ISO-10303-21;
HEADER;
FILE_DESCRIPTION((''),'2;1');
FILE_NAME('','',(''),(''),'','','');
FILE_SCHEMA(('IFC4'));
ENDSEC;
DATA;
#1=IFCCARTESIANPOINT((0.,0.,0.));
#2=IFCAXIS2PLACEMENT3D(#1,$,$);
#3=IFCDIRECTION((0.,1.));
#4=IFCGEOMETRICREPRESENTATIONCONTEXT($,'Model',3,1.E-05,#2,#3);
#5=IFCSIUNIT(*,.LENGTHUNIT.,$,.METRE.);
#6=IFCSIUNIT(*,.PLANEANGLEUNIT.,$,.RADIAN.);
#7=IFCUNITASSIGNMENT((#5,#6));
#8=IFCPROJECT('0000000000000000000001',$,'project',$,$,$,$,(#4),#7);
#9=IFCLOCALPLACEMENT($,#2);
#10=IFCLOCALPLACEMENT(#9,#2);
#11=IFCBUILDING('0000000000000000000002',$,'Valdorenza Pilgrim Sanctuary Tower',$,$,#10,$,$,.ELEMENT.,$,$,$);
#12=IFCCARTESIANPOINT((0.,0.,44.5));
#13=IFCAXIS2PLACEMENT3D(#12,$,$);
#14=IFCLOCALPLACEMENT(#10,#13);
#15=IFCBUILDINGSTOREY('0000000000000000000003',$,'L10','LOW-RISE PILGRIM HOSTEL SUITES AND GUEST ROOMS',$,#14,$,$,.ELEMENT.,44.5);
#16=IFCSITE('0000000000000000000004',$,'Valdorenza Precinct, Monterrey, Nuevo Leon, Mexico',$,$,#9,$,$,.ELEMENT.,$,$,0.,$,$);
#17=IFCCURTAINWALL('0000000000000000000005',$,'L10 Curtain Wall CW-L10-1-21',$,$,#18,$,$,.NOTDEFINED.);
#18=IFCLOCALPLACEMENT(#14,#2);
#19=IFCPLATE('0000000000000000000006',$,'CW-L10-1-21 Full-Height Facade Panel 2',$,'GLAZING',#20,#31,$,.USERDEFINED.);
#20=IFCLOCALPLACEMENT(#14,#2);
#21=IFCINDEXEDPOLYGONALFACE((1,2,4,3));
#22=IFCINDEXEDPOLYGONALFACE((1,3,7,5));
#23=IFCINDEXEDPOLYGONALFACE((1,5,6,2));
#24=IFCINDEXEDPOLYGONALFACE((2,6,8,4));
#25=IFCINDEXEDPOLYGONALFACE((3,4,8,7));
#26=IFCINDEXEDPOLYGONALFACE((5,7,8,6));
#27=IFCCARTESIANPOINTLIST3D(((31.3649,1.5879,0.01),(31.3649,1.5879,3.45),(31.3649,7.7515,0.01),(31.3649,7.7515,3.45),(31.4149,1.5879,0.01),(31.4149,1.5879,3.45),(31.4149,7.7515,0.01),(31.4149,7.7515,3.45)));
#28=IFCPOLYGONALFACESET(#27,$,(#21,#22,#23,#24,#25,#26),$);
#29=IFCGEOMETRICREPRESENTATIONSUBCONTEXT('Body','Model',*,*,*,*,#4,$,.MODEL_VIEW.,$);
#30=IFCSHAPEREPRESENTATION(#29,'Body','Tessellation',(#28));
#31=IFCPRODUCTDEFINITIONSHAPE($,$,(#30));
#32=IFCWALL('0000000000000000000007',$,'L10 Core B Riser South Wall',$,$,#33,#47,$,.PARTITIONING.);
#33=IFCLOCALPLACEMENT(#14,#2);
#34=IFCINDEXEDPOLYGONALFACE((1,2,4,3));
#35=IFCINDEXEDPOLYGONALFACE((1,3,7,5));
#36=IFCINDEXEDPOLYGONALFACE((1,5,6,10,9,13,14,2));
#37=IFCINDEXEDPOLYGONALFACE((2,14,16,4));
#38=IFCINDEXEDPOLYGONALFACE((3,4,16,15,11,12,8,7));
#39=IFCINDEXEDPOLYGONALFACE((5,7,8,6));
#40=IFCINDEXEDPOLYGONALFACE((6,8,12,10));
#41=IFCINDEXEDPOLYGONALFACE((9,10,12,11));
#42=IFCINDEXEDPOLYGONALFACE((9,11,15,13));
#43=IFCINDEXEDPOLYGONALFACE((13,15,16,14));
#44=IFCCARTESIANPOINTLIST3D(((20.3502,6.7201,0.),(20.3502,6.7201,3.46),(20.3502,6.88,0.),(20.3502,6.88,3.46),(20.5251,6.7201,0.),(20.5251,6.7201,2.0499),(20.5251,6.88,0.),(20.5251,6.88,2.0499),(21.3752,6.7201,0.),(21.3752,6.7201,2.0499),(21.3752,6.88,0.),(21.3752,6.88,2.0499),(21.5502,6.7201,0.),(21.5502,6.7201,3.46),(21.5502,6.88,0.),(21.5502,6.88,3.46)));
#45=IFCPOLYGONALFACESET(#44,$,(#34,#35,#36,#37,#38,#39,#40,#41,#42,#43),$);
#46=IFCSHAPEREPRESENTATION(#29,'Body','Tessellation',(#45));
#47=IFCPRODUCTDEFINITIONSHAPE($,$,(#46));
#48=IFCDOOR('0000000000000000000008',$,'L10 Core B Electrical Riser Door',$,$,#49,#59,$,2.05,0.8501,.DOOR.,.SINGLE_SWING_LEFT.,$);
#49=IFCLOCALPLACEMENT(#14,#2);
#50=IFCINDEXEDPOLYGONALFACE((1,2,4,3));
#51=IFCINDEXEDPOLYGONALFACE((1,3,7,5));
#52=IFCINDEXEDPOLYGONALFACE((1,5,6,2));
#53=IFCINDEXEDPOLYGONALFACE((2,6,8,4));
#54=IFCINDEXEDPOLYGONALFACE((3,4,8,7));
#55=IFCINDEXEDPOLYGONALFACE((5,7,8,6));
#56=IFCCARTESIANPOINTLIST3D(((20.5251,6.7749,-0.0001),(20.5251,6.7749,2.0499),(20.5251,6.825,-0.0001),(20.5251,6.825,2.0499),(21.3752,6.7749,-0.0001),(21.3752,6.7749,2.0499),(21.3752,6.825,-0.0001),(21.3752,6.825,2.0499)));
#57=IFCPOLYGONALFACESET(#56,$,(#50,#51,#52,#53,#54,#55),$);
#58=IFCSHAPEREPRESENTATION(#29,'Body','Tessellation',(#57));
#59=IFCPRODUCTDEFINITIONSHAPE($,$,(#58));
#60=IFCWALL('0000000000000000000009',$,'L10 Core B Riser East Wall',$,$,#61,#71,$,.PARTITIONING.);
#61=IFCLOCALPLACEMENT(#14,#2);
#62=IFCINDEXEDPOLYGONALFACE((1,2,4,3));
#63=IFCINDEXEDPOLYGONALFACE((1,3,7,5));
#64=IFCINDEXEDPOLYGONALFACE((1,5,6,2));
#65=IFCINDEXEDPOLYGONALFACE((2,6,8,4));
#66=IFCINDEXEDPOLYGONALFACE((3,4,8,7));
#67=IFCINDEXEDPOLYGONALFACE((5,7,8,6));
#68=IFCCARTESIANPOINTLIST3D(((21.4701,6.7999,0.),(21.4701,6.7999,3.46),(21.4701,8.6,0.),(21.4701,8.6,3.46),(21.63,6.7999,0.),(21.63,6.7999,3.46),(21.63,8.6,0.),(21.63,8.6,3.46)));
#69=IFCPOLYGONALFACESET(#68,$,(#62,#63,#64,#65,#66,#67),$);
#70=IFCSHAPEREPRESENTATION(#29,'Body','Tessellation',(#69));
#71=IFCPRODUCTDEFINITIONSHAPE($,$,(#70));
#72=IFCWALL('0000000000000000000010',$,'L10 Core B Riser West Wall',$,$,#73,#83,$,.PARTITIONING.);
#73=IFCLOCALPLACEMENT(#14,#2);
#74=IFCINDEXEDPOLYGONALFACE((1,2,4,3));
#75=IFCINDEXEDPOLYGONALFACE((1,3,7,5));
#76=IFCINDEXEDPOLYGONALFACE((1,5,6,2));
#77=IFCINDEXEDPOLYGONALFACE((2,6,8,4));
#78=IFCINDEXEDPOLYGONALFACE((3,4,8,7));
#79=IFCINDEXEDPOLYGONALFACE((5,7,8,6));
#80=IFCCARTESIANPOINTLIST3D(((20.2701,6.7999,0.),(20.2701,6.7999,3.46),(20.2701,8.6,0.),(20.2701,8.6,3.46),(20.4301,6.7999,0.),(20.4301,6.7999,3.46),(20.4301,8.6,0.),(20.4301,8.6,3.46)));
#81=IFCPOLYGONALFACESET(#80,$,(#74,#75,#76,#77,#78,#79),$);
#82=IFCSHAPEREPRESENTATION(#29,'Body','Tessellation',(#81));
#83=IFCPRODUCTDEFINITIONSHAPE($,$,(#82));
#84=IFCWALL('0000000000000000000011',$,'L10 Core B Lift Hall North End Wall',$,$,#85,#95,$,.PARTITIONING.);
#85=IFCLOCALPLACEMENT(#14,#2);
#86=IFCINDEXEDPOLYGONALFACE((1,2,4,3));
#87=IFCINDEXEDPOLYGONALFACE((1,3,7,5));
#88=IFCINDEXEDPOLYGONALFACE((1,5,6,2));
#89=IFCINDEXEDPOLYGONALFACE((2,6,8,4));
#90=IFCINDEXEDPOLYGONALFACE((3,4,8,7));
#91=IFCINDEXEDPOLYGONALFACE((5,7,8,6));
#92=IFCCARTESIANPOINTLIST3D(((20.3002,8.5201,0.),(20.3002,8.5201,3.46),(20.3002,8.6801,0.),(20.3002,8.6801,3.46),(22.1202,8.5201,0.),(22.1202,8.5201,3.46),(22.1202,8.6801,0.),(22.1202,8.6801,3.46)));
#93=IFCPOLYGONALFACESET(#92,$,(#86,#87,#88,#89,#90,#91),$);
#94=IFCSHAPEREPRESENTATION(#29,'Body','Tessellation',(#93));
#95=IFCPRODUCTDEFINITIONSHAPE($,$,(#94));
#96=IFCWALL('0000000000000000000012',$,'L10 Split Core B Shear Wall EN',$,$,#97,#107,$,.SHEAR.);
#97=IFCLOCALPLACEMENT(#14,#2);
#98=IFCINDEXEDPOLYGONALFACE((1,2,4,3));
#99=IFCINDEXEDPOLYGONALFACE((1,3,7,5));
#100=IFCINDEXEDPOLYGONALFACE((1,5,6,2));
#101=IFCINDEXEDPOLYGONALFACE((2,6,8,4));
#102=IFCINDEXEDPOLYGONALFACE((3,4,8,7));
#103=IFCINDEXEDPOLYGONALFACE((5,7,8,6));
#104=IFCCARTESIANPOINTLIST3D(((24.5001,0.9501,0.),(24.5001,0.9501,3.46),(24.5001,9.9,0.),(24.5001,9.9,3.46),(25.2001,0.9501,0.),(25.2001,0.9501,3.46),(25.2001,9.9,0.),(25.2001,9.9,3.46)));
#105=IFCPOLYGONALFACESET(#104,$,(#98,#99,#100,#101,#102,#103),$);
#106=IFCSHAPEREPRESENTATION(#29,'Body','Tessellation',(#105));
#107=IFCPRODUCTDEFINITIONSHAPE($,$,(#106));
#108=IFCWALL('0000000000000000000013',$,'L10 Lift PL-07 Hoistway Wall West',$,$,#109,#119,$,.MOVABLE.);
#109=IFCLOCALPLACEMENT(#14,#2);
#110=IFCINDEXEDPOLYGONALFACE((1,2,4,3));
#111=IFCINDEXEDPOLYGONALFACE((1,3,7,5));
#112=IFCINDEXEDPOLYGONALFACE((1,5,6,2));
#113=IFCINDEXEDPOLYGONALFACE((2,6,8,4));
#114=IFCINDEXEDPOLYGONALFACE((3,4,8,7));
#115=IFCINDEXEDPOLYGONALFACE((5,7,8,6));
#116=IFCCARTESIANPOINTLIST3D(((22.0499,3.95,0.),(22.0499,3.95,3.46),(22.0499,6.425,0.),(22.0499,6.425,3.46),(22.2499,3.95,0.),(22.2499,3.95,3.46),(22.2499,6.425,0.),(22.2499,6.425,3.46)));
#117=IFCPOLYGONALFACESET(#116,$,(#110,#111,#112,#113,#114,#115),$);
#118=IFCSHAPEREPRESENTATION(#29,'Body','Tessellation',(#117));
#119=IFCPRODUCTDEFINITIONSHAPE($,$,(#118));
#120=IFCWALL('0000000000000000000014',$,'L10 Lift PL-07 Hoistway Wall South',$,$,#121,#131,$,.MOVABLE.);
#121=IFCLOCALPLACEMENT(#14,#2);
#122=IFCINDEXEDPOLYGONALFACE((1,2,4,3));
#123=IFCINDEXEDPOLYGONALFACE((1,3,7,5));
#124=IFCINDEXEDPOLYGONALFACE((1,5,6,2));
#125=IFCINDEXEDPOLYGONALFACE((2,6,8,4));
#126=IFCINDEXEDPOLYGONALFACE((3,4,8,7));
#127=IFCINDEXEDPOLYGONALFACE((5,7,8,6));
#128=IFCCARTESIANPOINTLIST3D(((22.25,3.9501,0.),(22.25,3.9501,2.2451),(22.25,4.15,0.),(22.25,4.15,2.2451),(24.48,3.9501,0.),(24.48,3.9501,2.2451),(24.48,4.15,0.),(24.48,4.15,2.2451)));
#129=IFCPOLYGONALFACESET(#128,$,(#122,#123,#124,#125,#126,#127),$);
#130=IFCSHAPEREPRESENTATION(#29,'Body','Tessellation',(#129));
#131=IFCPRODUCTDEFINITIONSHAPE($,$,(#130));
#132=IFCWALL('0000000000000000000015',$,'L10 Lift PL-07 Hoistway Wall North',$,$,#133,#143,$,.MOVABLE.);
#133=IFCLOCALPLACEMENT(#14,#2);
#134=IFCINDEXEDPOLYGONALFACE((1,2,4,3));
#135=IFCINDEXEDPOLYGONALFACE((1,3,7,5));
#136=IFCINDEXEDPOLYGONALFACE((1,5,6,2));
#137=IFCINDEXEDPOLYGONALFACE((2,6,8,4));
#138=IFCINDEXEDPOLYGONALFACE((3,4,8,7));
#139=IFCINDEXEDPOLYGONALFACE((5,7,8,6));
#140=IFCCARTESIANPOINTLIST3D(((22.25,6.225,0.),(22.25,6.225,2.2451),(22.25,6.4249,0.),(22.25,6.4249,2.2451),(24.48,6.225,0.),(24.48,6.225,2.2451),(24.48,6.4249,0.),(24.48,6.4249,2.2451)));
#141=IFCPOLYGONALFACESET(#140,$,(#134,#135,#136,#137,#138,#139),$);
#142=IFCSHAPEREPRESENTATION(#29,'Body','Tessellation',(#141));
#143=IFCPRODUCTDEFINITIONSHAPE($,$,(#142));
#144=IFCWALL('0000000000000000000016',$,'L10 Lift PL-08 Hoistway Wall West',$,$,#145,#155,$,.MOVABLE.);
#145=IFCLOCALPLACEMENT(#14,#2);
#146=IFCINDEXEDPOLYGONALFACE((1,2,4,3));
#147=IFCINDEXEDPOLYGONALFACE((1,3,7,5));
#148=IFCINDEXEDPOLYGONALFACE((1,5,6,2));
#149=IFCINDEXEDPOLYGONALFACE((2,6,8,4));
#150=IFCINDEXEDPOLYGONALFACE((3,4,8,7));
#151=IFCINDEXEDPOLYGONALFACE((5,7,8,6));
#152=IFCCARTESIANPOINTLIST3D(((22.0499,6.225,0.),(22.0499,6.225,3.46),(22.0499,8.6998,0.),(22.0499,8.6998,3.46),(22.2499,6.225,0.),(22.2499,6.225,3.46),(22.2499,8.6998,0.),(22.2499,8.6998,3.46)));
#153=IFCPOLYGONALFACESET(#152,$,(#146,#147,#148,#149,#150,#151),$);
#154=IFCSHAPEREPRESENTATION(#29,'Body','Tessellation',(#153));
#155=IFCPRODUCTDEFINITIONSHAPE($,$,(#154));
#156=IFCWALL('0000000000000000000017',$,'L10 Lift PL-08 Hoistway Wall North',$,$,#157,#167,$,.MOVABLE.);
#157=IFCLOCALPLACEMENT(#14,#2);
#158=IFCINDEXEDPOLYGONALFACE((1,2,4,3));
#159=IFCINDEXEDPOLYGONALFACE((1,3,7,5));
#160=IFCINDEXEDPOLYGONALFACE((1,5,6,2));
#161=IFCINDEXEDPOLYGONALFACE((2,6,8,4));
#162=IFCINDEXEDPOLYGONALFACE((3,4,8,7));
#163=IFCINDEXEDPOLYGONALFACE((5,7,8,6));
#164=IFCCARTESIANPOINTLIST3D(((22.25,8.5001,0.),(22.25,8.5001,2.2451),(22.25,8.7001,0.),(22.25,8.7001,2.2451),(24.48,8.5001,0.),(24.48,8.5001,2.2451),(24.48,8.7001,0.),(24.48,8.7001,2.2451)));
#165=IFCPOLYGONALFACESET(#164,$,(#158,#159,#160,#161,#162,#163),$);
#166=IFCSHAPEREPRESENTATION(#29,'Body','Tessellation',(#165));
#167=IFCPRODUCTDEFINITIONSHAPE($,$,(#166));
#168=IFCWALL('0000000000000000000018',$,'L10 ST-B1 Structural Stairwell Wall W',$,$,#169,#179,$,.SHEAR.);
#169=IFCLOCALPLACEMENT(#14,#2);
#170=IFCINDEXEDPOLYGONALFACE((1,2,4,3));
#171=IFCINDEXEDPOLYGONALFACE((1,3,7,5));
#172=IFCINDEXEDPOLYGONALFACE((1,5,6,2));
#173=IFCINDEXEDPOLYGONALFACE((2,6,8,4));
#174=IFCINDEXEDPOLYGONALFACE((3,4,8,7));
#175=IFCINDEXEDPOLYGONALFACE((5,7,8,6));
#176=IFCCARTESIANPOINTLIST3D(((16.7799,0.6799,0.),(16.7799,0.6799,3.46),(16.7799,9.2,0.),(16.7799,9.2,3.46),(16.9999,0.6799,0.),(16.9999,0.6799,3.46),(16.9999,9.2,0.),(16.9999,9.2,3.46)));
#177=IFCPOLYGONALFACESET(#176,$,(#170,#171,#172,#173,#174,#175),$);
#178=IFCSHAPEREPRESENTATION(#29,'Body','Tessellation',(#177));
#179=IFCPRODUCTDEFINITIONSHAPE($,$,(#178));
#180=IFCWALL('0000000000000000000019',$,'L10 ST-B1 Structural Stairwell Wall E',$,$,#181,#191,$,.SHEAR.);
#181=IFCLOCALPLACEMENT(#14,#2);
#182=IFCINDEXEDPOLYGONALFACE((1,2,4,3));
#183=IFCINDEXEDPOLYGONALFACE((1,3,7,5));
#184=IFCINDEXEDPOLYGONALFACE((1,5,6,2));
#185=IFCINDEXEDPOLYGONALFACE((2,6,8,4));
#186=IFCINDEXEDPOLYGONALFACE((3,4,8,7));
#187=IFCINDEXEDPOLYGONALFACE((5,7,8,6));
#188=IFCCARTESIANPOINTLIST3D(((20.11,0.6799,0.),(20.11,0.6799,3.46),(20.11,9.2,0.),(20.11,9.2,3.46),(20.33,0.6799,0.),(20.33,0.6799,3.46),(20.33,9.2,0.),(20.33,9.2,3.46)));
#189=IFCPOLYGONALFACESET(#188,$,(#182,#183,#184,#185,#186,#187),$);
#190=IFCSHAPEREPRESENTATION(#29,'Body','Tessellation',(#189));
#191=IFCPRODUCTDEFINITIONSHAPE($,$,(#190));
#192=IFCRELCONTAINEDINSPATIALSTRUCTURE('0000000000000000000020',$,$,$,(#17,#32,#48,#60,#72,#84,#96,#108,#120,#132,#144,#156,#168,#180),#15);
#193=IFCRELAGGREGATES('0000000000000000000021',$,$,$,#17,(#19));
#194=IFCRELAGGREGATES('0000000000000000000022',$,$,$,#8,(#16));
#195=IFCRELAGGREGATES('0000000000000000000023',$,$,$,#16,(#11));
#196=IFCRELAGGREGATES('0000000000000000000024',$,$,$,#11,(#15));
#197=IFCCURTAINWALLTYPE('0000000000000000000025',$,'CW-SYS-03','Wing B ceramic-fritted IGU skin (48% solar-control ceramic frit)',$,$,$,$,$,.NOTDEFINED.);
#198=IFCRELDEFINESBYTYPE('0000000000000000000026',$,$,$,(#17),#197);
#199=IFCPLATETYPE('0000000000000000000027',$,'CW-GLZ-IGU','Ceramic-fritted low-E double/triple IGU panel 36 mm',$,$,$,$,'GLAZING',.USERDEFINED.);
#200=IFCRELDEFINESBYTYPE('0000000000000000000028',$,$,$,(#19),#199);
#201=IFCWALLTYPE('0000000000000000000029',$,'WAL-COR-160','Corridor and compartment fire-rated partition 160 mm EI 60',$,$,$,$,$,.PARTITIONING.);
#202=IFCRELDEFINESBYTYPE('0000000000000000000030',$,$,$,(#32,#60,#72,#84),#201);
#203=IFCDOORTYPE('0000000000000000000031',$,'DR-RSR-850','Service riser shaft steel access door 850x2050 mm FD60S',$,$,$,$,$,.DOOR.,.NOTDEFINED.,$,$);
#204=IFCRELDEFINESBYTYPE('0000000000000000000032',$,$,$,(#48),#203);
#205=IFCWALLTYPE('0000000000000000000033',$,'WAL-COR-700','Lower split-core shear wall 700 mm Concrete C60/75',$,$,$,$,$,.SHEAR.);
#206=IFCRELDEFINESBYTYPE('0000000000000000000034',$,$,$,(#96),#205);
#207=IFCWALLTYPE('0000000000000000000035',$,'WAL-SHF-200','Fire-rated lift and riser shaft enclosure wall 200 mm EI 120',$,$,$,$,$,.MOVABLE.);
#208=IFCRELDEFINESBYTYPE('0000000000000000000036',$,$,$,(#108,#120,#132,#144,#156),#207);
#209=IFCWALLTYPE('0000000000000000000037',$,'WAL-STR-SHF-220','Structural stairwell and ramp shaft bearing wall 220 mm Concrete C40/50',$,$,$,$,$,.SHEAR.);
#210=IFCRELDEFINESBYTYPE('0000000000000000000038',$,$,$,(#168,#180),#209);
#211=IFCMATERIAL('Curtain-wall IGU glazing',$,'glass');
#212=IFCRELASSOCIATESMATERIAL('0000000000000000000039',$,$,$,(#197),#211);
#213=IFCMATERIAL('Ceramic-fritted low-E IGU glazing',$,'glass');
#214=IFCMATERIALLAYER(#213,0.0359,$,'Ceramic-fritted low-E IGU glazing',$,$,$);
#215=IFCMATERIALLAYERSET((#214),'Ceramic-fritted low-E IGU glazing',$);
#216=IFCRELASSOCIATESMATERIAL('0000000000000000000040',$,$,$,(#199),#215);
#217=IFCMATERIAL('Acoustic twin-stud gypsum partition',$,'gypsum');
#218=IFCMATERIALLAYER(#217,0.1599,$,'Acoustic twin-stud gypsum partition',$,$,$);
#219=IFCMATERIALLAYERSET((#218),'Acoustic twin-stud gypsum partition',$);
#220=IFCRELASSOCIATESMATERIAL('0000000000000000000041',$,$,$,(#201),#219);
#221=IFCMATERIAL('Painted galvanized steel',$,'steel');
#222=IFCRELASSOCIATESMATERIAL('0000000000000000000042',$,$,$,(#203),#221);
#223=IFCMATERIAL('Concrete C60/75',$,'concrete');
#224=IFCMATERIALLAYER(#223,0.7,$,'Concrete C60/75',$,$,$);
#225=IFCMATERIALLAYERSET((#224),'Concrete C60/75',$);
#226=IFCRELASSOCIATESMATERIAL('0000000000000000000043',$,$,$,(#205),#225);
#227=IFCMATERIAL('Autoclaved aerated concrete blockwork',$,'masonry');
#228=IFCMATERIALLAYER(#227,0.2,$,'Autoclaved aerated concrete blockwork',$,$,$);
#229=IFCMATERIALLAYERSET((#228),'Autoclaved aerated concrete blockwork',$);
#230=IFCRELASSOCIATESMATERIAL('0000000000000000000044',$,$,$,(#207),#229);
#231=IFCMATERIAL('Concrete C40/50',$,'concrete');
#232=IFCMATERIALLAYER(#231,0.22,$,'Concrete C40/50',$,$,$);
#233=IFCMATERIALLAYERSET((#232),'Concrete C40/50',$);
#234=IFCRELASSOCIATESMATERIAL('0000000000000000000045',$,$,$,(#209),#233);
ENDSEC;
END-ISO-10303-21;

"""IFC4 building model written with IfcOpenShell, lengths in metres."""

from ifc_helpers import new_model, si_unit, direction, frame, frame_2d, origin, origin_2d, place, context, subcontext, project, spatial, rectangle, extrude, source, transform, mapped, material, layer, layer_set, type_object, element, fill, aggregate, save


model = new_model("IFC4")

# Units and contexts
model_context = context("Model", 3, precision=1e-05, world=origin(), true_north=direction((0.0, 1.0)))
body_context = subcontext(model_context, "Body", "Model", "MODEL_VIEW")
ifc_project = project(units=[si_unit("LENGTHUNIT", "METRE"), si_unit("PLANEANGLEUNIT", "RADIAN")], contexts=[model_context])

# Site, building, storey
site_placement = place(None, origin())
site = spatial("IfcSite", under=ifc_project, at=site_placement, Name="Valdorenza Precinct, Monterrey, Nuevo Leon, Mexico", CompositionType="ELEMENT", RefElevation=0.0)
building_placement = place(site_placement, origin())
building = spatial("IfcBuilding", under=site, at=building_placement, Name="Valdorenza Pilgrim Sanctuary Tower", CompositionType="ELEMENT")
storey_placement = place(building_placement, frame((0.0, 0.0, 44.5)))
storey = spatial("IfcBuildingStorey", under=building, at=storey_placement, Name="L10", Description="LOW-RISE PILGRIM HOSTEL SUITES AND GUEST ROOMS", CompositionType="ELEMENT", Elevation=44.5)

# Curtain wall, plate
ifc_material_1 = material(Name="Curtain-wall IGU glazing", Category="glass")
curtain_wall_type = type_object("IfcCurtainWallType", Name="CW-SYS-03", Description="Wing B ceramic-fritted IGU skin (48% solar-control ceramic frit)", PredefinedType="NOTDEFINED", material=ifc_material_1)
curtain_wall_placement = place(storey_placement, origin())
curtain_wall = element("IfcCurtainWall", 1, at=curtain_wall_placement, inside=storey, type_object=curtain_wall_type, Name="L10 Curtain Wall CW-L10-1-21", PredefinedType="NOTDEFINED")
ifc_material_2 = material(Name="Ceramic-fritted low-E IGU glazing", Category="glass")
ifc_layer_1 = layer(ifc_material_2, 0.0359, Name="Ceramic-fritted low-E IGU glazing")
ifc_layer_set_1 = layer_set([ifc_layer_1], Name="Ceramic-fritted low-E IGU glazing")
plate_type = type_object("IfcPlateType", Name="CW-GLZ-IGU", Description="Ceramic-fritted low-E double/triple IGU panel 36 mm", ElementType="GLAZING", PredefinedType="USERDEFINED", material=ifc_layer_set_1)
shared_shape_1 = source(origin(), body_context, "Body", "SweptSolid", [
    extrude(rectangle(XDim=6.1636, YDim=0.05, at=origin_2d()), origin(), (0.0, 0.0, 1.0), 3.4399),
])
plate_placement = place(storey_placement, frame((31.3899, 4.6697, 0.01), z_axis=(0.0, 0.0, 1.0), x_axis=(0.0, -1.0, 0.0)))
plate = element("IfcPlate", 2, at=plate_placement, type_object=plate_type, Name="CW-L10-1-21 Full-Height Facade Panel 2", ObjectType="GLAZING", PredefinedType="USERDEFINED", context=body_context, shape_type="MappedRepresentation", body=[
    mapped(shared_shape_1, transform((0.0, 0.0, 0.0), x_axis=(1.0, 0.0, 0.0), y_axis=(0.0, 1.0, 0.0), z_axis=(0.0, 0.0, 1.0), scale=1.0)),
])
aggregate(curtain_wall, [plate])

# Wall, opening, door
ifc_material_3 = material(Name="Acoustic twin-stud gypsum partition", Category="gypsum")
ifc_layer_2 = layer(ifc_material_3, 0.1599, Name="Acoustic twin-stud gypsum partition")
ifc_layer_set_2 = layer_set([ifc_layer_2], Name="Acoustic twin-stud gypsum partition")
wall_type_1 = type_object("IfcWallType", Name="WAL-COR-160", Description="Corridor and compartment fire-rated partition 160 mm EI 60", PredefinedType="PARTITIONING", material=ifc_layer_set_2)
wall_1_placement = place(storey_placement, frame((20.3501, 6.8, 0.0), z_axis=(0.0, 0.0, 1.0), x_axis=(1.0, 0.0, 0.0)))
wall_1 = element("IfcWall", 3, at=wall_1_placement, inside=storey, type_object=wall_type_1, Name="L10 Core B Riser South Wall", PredefinedType="PARTITIONING", context=body_context, shape_type="SweptSolid", body=[
    extrude(rectangle(XDim=1.2, YDim=0.1599, at=frame_2d((0.6001, 0.0))), origin(), (0.0, 0.0, 1.0), 3.46),
])
opening_1_placement = place(wall_1_placement, frame((0.175, 0.0, 0.0)))
opening_1 = element("IfcOpeningElement", 4, at=opening_1_placement, cuts=wall_1, PredefinedType="OPENING", context=body_context, shape_type="SweptSolid", body=[
    extrude(rectangle(XDim=0.8501, YDim=2.05, at=frame_2d((0.425, 1.0249))), frame((0.0, 0.0947, 0.0), z_axis=(0.0, -1.0, 0.0), x_axis=(1.0, 0.0, 0.0)), (0.0, 0.0, 1.0), 0.1897),
])
ifc_material_4 = material(Name="Painted galvanized steel", Category="steel")
door_type_1 = type_object("IfcDoorType", Name="DR-RSR-850", Description="Service riser shaft steel access door 850x2050 mm FD60S", OperationType="NOTDEFINED", PredefinedType="DOOR", material=ifc_material_4)
door_1_placement = place(opening_1_placement, origin())
door_1 = element("IfcDoor", 5, at=door_1_placement, inside=storey, type_object=door_type_1, Name="L10 Core B Electrical Riser Door", OperationType="SINGLE_SWING_LEFT", OverallHeight=2.05, OverallWidth=0.8501, PredefinedType="DOOR", context=body_context, shape_type="SweptSolid", body=[
    extrude(rectangle(XDim=0.8501, YDim=2.05, at=frame_2d((0.425, 1.0249))), frame((0.0, 0.0249, 0.0), z_axis=(0.0, -1.0, 0.0), x_axis=(1.0, 0.0, 0.0)), (0.0, 0.0, 1.0), 0.05),
])
fill(opening_1, door_1)

# Walls
for number, where, z_axis, x_axis, name in (
    (6, (21.55, 6.8, 0.0), (0.0, 0.0, 1.0), (0.0, 1.0, 0.0), "L10 Core B Riser East Wall"),
    (7, (20.3501, 6.8, 0.0), (0.0, 0.0, 1.0), (0.0, 1.0, 0.0), "L10 Core B Riser West Wall"),
):
    element("IfcWall", number, at=place(storey_placement, frame(where, z_axis=z_axis, x_axis=x_axis)), inside=storey, type_object=wall_type_1, Name=name, PredefinedType="PARTITIONING", context=body_context, shape_type="SweptSolid", body=[
        extrude(rectangle(XDim=1.8, YDim=0.1599, at=frame_2d((0.8999, 0.0))), origin(), (0.0, 0.0, 1.0), 3.46),
    ])
wall_2_placement = place(storey_placement, frame((20.3, 8.6001, 0.0), z_axis=(0.0, 0.0, 1.0), x_axis=(1.0, 0.0, 0.0)))
element("IfcWall", 8, at=wall_2_placement, inside=storey, type_object=wall_type_1, Name="L10 Core B Lift Hall North End Wall", PredefinedType="PARTITIONING", context=body_context, shape_type="SweptSolid", body=[
    extrude(rectangle(XDim=1.8201, YDim=0.1599, at=frame_2d((0.9102, 0.0))), origin(), (0.0, 0.0, 1.0), 3.46),
])
ifc_material_5 = material(Name="Concrete C60/75", Category="concrete")
ifc_layer_3 = layer(ifc_material_5, 0.7, Name="Concrete C60/75")
ifc_layer_set_3 = layer_set([ifc_layer_3], Name="Concrete C60/75")
wall_type_2 = type_object("IfcWallType", Name="WAL-COR-700", Description="Lower split-core shear wall 700 mm Concrete C60/75", PredefinedType="SHEAR", material=ifc_layer_set_3)
wall_3_placement = place(storey_placement, frame((24.8501, 0.95, 0.0), z_axis=(0.0, 0.0, 1.0), x_axis=(0.0, 1.0, 0.0)))
element("IfcWall", 9, at=wall_3_placement, inside=storey, type_object=wall_type_2, Name="L10 Split Core B Shear Wall EN", PredefinedType="SHEAR", context=body_context, shape_type="SweptSolid", body=[
    extrude(rectangle(XDim=8.95, YDim=0.7, at=frame_2d((4.4751, 0.0))), origin(), (0.0, 0.0, 1.0), 3.46),
])
ifc_material_6 = material(Name="Autoclaved aerated concrete blockwork", Category="masonry")
ifc_layer_4 = layer(ifc_material_6, 0.2, Name="Autoclaved aerated concrete blockwork")
ifc_layer_set_4 = layer_set([ifc_layer_4], Name="Autoclaved aerated concrete blockwork")
wall_type_3 = type_object("IfcWallType", Name="WAL-SHF-200", Description="Fire-rated lift and riser shaft enclosure wall 200 mm EI 120", PredefinedType="MOVABLE", material=ifc_layer_set_4)
wall_4_placement = place(storey_placement, frame((22.1499, 3.95, 0.0), z_axis=(0.0, 0.0, 1.0), x_axis=(0.0, 1.0, 0.0)))
element("IfcWall", 10, at=wall_4_placement, inside=storey, type_object=wall_type_3, Name="L10 Lift PL-07 Hoistway Wall West", PredefinedType="MOVABLE", context=body_context, shape_type="SweptSolid", body=[
    extrude(rectangle(XDim=2.4751, YDim=0.2, at=frame_2d((1.2375, 0.0))), origin(), (0.0, 0.0, 1.0), 3.46),
])
for number, where, z_axis, x_axis, name in (
    (11, (22.25, 4.05, 0.0), (0.0, 0.0, 1.0), (1.0, 0.0, 0.0), "L10 Lift PL-07 Hoistway Wall South"),
    (12, (22.25, 6.325, 0.0), (0.0, 0.0, 1.0), (1.0, 0.0, 0.0), "L10 Lift PL-07 Hoistway Wall North"),
):
    element("IfcWall", number, at=place(storey_placement, frame(where, z_axis=z_axis, x_axis=x_axis)), inside=storey, type_object=wall_type_3, Name=name, PredefinedType="MOVABLE", context=body_context, shape_type="SweptSolid", body=[
        extrude(rectangle(XDim=2.23, YDim=0.2, at=frame_2d((1.115, 0.0))), origin(), (0.0, 0.0, 1.0), 2.2451),
    ])
wall_5_placement = place(storey_placement, frame((22.1499, 6.2251, 0.0), z_axis=(0.0, 0.0, 1.0), x_axis=(0.0, 1.0, 0.0)))
element("IfcWall", 13, at=wall_5_placement, inside=storey, type_object=wall_type_3, Name="L10 Lift PL-08 Hoistway Wall West", PredefinedType="MOVABLE", context=body_context, shape_type="SweptSolid", body=[
    extrude(rectangle(XDim=2.4749, YDim=0.2, at=frame_2d((1.2373, 0.0))), origin(), (0.0, 0.0, 1.0), 3.46),
])
wall_6_placement = place(storey_placement, frame((22.25, 8.6001, 0.0), z_axis=(0.0, 0.0, 1.0), x_axis=(1.0, 0.0, 0.0)))
element("IfcWall", 14, at=wall_6_placement, inside=storey, type_object=wall_type_3, Name="L10 Lift PL-08 Hoistway Wall North", PredefinedType="MOVABLE", context=body_context, shape_type="SweptSolid", body=[
    extrude(rectangle(XDim=2.23, YDim=0.2, at=frame_2d((1.115, 0.0))), origin(), (0.0, 0.0, 1.0), 2.2451),
])
ifc_material_7 = material(Name="Concrete C40/50", Category="concrete")
ifc_layer_5 = layer(ifc_material_7, 0.22, Name="Concrete C40/50")
ifc_layer_set_5 = layer_set([ifc_layer_5], Name="Concrete C40/50")
wall_type_4 = type_object("IfcWallType", Name="WAL-STR-SHF-220", Description="Structural stairwell and ramp shaft bearing wall 220 mm Concrete C40/50", PredefinedType="SHEAR", material=ifc_layer_set_5)
for number, where, z_axis, x_axis, name in (
    (15, (16.8899, 0.6799, 0.0), (0.0, 0.0, 1.0), (0.0, 1.0, 0.0), "L10 ST-B1 Structural Stairwell Wall W"),
    (16, (20.22, 0.6799, 0.0), (0.0, 0.0, 1.0), (0.0, 1.0, 0.0), "L10 ST-B1 Structural Stairwell Wall E"),
):
    element("IfcWall", number, at=place(storey_placement, frame(where, z_axis=z_axis, x_axis=x_axis)), inside=storey, type_object=wall_type_4, Name=name, PredefinedType="SHEAR", context=body_context, shape_type="SweptSolid", body=[
        extrude(rectangle(XDim=8.52, YDim=0.22, at=frame_2d((4.26, 0.0))), origin(), (0.0, 0.0, 1.0), 3.46),
    ])

save(model, "model.ifc")
